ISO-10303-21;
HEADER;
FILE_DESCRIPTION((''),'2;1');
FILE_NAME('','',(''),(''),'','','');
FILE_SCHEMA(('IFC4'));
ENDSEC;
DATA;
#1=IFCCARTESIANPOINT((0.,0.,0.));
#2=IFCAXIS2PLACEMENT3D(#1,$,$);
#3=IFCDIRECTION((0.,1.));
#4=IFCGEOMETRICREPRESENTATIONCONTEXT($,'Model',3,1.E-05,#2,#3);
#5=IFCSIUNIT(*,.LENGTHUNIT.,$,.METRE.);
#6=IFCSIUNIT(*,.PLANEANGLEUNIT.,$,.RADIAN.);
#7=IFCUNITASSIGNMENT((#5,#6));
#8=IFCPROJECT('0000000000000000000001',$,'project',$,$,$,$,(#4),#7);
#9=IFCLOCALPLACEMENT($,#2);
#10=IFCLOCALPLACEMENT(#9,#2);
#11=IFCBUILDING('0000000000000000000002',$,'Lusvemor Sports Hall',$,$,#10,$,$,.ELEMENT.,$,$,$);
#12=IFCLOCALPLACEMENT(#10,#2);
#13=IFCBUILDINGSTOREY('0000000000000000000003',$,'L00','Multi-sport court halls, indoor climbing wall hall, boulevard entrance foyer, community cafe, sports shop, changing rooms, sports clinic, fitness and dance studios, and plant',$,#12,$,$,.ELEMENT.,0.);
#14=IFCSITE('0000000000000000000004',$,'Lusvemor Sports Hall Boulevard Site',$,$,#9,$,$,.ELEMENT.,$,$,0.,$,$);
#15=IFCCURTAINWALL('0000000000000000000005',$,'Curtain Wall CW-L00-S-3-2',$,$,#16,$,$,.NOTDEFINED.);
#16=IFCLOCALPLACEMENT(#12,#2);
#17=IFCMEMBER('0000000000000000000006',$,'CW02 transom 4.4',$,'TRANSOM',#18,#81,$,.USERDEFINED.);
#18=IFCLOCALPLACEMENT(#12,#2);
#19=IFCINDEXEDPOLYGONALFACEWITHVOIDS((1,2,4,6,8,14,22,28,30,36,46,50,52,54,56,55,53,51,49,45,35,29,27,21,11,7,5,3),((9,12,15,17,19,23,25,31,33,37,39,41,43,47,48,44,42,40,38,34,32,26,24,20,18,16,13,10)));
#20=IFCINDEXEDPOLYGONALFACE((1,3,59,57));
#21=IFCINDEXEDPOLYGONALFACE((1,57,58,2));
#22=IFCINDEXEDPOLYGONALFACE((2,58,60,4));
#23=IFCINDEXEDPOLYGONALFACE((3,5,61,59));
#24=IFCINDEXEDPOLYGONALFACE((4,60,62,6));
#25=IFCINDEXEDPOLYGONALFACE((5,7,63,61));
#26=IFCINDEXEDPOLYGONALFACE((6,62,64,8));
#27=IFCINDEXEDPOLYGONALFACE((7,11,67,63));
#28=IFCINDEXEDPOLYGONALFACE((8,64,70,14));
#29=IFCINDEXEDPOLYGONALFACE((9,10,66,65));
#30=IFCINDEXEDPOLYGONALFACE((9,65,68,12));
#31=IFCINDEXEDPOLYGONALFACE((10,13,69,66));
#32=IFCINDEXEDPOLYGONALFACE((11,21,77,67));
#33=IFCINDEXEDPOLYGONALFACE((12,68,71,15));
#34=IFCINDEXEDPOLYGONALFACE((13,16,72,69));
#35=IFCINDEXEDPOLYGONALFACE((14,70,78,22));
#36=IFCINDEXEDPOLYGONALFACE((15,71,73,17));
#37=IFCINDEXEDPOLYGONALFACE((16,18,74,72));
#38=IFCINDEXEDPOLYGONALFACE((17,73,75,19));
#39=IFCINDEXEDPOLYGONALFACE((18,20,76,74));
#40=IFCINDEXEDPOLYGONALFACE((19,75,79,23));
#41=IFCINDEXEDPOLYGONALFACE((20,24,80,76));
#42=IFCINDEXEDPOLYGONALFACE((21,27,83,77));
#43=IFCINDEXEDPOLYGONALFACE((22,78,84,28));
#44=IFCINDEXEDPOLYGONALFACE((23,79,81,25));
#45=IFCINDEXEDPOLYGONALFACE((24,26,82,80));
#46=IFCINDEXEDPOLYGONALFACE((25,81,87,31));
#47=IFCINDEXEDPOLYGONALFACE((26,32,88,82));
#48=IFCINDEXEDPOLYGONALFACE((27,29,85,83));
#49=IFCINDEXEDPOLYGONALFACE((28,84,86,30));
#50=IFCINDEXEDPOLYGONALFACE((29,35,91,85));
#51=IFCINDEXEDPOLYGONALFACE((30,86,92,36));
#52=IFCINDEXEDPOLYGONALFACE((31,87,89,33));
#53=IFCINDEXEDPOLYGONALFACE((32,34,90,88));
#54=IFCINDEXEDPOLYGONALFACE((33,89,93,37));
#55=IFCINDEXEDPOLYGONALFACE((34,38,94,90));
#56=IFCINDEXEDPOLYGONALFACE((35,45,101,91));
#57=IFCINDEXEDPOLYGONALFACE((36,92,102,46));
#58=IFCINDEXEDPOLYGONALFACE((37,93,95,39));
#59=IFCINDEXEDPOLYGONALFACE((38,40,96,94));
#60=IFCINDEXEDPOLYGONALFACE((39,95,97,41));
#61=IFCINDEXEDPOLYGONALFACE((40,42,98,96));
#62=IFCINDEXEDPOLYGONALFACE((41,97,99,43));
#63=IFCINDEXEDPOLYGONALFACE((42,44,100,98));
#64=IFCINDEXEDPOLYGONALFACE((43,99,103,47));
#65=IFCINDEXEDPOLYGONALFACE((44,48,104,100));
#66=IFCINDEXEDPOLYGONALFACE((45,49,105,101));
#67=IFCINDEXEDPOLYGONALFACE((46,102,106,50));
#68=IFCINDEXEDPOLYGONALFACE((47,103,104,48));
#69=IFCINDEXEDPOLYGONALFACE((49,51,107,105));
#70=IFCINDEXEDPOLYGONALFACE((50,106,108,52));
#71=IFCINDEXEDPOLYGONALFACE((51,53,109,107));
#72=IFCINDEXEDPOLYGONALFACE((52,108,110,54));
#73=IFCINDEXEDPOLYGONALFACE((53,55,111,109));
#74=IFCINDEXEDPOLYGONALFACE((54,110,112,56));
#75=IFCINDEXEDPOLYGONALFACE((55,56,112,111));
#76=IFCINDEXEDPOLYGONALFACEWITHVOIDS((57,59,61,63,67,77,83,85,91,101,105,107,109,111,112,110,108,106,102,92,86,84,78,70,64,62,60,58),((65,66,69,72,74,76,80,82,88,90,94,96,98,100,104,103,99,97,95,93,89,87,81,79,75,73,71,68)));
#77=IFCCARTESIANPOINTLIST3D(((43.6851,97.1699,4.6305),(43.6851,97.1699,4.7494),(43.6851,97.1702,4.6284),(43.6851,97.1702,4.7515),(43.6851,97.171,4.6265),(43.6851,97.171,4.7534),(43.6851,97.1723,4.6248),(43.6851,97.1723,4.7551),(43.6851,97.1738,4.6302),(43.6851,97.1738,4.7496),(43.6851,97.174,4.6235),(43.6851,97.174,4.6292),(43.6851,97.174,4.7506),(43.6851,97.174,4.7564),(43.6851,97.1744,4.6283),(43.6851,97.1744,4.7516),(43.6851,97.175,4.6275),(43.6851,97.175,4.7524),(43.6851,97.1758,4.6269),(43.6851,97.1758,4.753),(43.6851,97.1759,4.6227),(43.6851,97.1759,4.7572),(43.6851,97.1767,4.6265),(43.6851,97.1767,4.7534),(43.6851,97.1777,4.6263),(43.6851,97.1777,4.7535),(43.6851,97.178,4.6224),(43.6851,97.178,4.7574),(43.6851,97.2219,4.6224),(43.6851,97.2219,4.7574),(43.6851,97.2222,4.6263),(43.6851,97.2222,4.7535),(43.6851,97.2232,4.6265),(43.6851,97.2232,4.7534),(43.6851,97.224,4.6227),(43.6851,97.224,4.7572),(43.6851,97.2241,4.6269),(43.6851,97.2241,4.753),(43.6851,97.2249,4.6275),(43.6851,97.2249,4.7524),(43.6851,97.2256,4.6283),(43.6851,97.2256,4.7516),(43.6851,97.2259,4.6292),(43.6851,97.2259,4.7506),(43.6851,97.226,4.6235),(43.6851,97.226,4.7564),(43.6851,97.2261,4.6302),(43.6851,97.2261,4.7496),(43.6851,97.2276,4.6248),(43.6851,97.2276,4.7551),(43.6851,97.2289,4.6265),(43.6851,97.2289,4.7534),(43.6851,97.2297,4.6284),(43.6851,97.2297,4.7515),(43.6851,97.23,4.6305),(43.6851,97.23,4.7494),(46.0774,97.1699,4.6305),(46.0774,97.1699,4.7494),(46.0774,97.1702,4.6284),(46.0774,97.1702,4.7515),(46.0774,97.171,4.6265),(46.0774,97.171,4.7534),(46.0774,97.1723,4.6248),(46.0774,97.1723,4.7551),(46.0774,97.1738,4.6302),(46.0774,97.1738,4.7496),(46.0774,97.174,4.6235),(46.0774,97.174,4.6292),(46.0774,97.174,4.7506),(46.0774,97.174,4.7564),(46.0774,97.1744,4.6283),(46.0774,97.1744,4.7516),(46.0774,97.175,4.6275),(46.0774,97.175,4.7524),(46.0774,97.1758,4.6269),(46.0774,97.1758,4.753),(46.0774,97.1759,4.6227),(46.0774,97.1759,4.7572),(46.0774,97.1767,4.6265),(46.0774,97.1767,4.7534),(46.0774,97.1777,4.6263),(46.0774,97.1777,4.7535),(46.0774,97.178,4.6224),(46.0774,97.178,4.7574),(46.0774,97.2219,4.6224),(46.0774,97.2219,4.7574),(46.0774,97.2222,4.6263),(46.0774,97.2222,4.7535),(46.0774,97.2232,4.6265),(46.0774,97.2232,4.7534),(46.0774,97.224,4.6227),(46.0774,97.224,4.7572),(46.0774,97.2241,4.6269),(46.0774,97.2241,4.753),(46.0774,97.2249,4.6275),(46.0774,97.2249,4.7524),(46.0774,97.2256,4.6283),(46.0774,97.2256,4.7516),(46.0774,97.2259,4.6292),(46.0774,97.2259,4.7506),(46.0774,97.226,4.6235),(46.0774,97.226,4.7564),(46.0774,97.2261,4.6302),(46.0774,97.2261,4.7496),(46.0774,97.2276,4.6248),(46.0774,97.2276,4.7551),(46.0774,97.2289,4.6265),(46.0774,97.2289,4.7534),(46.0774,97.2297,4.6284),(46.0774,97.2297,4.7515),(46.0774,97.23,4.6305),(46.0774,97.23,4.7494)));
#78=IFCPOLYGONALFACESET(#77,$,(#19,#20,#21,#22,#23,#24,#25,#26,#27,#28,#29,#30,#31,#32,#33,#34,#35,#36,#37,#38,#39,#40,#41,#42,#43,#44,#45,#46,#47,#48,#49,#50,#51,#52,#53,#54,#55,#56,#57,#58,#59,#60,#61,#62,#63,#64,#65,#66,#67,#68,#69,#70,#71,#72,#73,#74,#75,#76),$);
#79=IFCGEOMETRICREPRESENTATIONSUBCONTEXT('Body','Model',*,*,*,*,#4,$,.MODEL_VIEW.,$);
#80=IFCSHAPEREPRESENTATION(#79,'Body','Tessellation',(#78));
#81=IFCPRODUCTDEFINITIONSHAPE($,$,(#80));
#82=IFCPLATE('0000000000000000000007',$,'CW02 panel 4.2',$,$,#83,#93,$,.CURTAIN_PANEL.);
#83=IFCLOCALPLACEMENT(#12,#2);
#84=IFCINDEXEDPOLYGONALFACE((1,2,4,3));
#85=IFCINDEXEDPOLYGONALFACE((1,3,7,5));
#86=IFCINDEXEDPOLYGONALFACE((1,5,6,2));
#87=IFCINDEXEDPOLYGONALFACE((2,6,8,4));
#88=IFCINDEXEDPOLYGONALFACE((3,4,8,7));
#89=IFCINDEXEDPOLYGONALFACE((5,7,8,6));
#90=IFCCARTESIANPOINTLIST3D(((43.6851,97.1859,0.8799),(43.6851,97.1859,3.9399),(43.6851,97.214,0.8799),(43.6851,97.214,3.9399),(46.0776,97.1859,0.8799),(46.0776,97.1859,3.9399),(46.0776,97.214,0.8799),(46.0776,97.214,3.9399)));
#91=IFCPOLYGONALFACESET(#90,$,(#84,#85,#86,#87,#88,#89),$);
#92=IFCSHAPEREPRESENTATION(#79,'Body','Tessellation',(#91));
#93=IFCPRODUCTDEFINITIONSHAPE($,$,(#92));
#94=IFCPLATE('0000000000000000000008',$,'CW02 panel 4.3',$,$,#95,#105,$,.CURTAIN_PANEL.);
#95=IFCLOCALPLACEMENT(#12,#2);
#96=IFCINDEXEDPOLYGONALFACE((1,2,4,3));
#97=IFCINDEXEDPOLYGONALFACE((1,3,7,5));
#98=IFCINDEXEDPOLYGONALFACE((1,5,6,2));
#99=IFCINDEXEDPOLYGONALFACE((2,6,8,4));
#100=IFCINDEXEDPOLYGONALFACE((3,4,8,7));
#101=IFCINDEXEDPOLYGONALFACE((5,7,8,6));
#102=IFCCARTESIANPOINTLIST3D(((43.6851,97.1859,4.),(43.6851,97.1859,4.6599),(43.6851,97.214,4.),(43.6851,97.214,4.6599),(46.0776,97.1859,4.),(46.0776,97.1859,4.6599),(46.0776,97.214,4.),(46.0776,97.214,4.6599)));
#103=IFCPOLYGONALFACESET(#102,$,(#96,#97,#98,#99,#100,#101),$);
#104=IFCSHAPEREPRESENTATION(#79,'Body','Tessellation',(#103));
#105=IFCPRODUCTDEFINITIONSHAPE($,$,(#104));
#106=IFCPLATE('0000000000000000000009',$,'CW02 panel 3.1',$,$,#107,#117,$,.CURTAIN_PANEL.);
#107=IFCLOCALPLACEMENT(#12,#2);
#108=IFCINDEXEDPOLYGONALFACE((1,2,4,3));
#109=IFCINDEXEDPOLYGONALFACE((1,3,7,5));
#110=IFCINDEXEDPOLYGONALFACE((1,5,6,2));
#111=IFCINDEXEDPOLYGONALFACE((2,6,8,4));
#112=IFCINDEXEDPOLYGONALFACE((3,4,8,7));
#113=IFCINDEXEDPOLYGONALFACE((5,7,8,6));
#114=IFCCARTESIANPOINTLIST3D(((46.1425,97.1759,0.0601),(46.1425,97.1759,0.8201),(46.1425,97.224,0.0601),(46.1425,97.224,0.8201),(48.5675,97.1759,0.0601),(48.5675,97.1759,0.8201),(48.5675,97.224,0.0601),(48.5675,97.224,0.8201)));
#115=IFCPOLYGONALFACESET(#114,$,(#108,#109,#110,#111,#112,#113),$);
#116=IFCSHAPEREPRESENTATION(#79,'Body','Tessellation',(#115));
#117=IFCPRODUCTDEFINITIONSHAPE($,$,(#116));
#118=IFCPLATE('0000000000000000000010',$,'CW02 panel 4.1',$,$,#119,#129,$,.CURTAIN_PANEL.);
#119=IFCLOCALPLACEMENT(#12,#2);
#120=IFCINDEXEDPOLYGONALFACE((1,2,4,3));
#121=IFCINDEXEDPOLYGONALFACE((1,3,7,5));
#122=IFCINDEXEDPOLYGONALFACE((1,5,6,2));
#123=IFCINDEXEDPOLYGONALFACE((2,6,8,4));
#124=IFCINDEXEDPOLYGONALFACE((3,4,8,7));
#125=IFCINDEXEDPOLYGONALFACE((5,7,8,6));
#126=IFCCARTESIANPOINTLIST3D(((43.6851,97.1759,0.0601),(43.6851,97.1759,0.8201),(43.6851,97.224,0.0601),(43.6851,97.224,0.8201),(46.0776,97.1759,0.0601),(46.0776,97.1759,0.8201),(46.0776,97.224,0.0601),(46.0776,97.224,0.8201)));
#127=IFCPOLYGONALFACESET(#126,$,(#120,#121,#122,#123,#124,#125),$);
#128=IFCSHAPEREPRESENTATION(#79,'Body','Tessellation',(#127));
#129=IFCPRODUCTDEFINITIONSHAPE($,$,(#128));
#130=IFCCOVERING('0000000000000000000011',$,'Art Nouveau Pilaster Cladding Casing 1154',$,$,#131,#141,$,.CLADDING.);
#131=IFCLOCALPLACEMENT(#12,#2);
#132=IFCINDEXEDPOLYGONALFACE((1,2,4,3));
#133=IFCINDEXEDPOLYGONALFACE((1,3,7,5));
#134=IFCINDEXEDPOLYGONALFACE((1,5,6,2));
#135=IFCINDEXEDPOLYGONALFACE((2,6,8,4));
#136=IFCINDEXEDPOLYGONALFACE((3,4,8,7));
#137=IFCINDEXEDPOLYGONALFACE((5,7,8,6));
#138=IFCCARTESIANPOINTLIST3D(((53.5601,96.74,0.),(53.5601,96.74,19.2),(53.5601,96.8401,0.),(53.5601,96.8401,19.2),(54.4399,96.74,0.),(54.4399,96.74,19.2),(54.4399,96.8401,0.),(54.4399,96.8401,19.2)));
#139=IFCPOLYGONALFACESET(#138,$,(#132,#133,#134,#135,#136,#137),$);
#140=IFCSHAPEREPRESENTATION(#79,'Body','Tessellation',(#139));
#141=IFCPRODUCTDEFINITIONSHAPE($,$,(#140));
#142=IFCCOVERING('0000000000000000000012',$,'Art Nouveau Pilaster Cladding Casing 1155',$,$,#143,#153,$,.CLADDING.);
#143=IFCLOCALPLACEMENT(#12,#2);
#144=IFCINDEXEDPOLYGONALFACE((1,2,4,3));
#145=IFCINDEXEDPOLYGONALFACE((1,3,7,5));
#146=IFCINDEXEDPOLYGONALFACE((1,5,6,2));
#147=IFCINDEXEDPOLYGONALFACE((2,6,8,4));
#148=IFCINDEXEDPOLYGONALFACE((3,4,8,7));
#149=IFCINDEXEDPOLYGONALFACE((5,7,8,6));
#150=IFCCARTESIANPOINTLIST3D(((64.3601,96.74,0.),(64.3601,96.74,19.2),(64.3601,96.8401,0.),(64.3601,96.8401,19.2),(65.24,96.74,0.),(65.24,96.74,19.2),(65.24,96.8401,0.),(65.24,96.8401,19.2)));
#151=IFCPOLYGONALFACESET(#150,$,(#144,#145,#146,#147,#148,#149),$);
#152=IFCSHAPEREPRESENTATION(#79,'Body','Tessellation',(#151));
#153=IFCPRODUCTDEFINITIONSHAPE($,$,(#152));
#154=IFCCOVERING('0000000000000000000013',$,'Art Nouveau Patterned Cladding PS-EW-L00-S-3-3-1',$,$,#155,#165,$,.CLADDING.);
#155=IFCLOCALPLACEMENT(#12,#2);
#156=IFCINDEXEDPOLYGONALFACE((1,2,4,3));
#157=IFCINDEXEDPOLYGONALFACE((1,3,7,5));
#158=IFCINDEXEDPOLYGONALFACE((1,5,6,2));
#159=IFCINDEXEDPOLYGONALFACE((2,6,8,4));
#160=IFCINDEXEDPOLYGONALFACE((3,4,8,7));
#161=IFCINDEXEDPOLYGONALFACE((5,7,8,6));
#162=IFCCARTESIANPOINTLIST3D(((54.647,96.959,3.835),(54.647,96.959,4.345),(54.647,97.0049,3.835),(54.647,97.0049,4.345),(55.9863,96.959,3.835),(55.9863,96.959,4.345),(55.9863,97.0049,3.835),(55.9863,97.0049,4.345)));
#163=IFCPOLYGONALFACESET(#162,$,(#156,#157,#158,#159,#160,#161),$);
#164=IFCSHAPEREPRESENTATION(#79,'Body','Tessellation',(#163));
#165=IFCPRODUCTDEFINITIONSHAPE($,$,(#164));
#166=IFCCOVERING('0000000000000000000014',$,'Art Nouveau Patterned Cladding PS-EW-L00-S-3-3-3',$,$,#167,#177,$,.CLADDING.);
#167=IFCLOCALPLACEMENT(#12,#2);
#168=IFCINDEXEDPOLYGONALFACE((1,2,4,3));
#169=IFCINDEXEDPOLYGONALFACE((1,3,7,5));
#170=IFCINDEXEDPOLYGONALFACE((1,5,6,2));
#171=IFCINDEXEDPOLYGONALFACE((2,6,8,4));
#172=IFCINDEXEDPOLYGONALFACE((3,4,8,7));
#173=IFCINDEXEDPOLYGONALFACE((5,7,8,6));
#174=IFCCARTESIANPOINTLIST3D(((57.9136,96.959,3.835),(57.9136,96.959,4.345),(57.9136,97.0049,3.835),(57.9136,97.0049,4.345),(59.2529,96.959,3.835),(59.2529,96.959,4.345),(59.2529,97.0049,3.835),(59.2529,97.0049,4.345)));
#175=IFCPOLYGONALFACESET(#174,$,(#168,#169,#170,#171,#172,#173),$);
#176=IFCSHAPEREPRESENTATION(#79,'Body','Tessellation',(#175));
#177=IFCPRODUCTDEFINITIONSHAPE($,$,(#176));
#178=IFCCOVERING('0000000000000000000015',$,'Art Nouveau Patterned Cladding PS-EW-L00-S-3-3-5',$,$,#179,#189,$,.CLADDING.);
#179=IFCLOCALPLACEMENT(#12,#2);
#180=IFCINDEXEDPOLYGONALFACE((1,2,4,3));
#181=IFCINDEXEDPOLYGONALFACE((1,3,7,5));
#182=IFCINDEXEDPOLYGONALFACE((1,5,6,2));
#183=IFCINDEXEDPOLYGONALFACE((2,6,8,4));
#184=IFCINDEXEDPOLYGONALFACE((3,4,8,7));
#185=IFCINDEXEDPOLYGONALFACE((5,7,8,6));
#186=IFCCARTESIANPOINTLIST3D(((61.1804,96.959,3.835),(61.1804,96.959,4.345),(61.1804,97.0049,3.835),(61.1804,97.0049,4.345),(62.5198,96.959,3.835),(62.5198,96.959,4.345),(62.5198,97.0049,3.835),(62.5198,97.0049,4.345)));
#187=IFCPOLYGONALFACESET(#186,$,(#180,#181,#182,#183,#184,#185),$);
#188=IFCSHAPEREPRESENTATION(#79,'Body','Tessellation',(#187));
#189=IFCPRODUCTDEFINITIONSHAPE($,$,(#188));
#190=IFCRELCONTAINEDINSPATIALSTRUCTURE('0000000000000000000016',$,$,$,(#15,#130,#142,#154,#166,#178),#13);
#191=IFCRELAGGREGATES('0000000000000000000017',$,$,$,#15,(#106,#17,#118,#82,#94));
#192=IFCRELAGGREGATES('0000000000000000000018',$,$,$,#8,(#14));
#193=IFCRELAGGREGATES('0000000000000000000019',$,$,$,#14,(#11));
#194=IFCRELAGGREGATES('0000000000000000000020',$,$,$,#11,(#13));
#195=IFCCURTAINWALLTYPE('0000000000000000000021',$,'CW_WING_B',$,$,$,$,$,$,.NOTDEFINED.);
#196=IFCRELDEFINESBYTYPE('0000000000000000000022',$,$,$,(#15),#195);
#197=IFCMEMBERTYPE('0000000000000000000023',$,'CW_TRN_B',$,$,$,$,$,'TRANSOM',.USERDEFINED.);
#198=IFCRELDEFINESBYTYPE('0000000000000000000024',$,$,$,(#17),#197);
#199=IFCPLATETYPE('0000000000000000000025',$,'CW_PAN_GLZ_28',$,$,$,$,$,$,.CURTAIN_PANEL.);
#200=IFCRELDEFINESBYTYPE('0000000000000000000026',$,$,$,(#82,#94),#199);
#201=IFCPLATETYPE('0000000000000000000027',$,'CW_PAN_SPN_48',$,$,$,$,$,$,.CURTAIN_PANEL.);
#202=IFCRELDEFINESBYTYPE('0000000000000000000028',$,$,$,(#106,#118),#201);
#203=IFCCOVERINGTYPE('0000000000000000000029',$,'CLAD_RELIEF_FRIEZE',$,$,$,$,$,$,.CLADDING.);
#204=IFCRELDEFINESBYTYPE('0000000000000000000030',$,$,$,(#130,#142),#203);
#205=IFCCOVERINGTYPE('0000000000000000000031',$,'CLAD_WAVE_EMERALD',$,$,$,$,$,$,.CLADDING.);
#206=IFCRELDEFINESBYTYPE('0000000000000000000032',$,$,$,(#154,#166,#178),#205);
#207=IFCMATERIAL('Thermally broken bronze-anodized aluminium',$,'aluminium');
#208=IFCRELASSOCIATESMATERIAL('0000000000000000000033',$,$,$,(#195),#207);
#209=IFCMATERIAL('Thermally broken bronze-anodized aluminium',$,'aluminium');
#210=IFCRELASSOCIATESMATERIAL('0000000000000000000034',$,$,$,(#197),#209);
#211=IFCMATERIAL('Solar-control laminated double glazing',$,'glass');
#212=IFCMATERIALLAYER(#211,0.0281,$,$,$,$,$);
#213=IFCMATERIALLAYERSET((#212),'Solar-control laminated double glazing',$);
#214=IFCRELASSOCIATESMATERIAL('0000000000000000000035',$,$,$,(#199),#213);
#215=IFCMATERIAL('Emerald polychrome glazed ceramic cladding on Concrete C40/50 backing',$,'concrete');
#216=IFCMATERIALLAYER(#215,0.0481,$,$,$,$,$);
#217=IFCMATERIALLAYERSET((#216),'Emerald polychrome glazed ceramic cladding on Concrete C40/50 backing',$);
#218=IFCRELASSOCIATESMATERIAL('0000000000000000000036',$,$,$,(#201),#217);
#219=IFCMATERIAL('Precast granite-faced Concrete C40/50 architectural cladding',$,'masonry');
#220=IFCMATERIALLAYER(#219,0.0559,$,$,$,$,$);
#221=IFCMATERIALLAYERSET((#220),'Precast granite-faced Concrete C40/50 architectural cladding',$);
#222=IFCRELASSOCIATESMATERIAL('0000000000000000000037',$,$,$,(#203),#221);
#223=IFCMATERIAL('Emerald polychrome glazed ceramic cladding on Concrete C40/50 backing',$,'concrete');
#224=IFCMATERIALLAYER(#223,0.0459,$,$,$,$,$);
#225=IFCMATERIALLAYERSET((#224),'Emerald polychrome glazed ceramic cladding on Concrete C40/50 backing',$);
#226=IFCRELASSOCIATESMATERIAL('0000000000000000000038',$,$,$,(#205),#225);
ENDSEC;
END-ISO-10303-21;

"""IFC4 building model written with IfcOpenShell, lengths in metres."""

from ifc_helpers import new_model, si_unit, direction, frame, origin, origin_2d, place, context, subcontext, project, spatial, rectangle, hollow_rectangle, extrude, material, layer, layer_set, material_profile, profile_set, type_object, element, aggregate, save


model = new_model("IFC4")

# Units and contexts
model_context = context("Model", 3, precision=1e-05, world=origin(), true_north=direction((0.0, 1.0)))
body_context = subcontext(model_context, "Body", "Model", "MODEL_VIEW")
ifc_project = project(units=[si_unit("LENGTHUNIT", "METRE"), si_unit("PLANEANGLEUNIT", "RADIAN")], contexts=[model_context])

# Site, building, storey
site_placement = place(None, origin())
site = spatial("IfcSite", under=ifc_project, at=site_placement, Name="Lusvemor Sports Hall Boulevard Site", CompositionType="ELEMENT", RefElevation=0.0)
building_placement = place(site_placement, origin())
building = spatial("IfcBuilding", under=site, at=building_placement, Name="Lusvemor Sports Hall", CompositionType="ELEMENT")
storey_placement = place(building_placement, origin())
storey = spatial("IfcBuildingStorey", under=building, at=storey_placement, Name="L00", Description="Multi-sport court halls, indoor climbing wall hall, boulevard entrance foyer, community cafe, sports shop, changing rooms, sports clinic, fitness and dance studios, and plant", CompositionType="ELEMENT", Elevation=0.0)

# Curtain wall, member, plates
ifc_material_1 = material(Name="Thermally broken bronze-anodized aluminium", Category="aluminium")
curtain_wall_type = type_object("IfcCurtainWallType", Name="CW_WING_B", PredefinedType="NOTDEFINED", material=ifc_material_1)
curtain_wall_placement = place(storey_placement, origin())
curtain_wall = element("IfcCurtainWall", 1, at=curtain_wall_placement, inside=storey, type_object=curtain_wall_type, Name="Curtain Wall CW-L00-S-3-2", PredefinedType="NOTDEFINED")
ifc_material_2 = material(Name="Thermally broken bronze-anodized aluminium", Category="aluminium")
ifc_material_profile_1 = material_profile(ifc_material_2, hollow_rectangle(XDim=0.0601, YDim=0.135, WallThickness=0.0039, InnerFilletRadius=0.0039, OuterFilletRadius=0.0081, at=origin_2d()), Name="CWTRN135x60x4")
ifc_profile_set_1 = profile_set([ifc_material_profile_1], Name="Thermally broken bronze-anodized aluminium")
member_type_1 = type_object("IfcMemberType", Name="CW_TRN_B", ElementType="TRANSOM", PredefinedType="USERDEFINED", material=ifc_profile_set_1)
member_1_placement = place(storey_placement, frame((46.0774, 97.2, 4.6899), z_axis=(-1.0, 0.0, 0.0), x_axis=(0.0, -1.0, 0.0)))
member_1 = element("IfcMember", 2, at=member_1_placement, type_object=member_type_1, Name="CW02 transom 4.4", ObjectType="TRANSOM", PredefinedType="USERDEFINED", context=body_context, shape_type="SweptSolid", body=[
    extrude(hollow_rectangle(XDim=0.0601, YDim=0.135, WallThickness=0.0039, InnerFilletRadius=0.0039, OuterFilletRadius=0.0081, at=origin_2d()), origin(), (0.0, 0.0, 1.0), 2.3923),
])
ifc_material_3 = material(Name="Solar-control laminated double glazing", Category="glass")
ifc_layer_1 = layer(ifc_material_3, 0.0281)
ifc_layer_set_1 = layer_set([ifc_layer_1], Name="Solar-control laminated double glazing")
plate_type_1 = type_object("IfcPlateType", Name="CW_PAN_GLZ_28", PredefinedType="CURTAIN_PANEL", material=ifc_layer_set_1)
plate_1_placement = place(storey_placement, frame((44.8813, 97.2, 0.8799), z_axis=(0.0, 0.0, 1.0), x_axis=(-1.0, 0.0, 0.0)))
plate_1 = element("IfcPlate", 3, at=plate_1_placement, type_object=plate_type_1, Name="CW02 panel 4.2", PredefinedType="CURTAIN_PANEL", context=body_context, shape_type="SweptSolid", body=[
    extrude(rectangle(XDim=2.3926, YDim=0.0281, at=origin_2d()), origin(), (0.0, 0.0, 1.0), 3.0601),
])
plate_2_placement = place(storey_placement, frame((44.8813, 97.2, 4.0), z_axis=(0.0, 0.0, 1.0), x_axis=(-1.0, 0.0, 0.0)))
plate_2 = element("IfcPlate", 4, at=plate_2_placement, type_object=plate_type_1, Name="CW02 panel 4.3", PredefinedType="CURTAIN_PANEL", context=body_context, shape_type="SweptSolid", body=[
    extrude(rectangle(XDim=2.3926, YDim=0.0281, at=origin_2d()), origin(), (0.0, 0.0, 1.0), 0.6599),
])
ifc_material_4 = material(Name="Emerald polychrome glazed ceramic cladding on Concrete C40/50 backing", Category="concrete")
ifc_layer_2 = layer(ifc_material_4, 0.0481)
ifc_layer_set_2 = layer_set([ifc_layer_2], Name="Emerald polychrome glazed ceramic cladding on Concrete C40/50 backing")
plate_type_2 = type_object("IfcPlateType", Name="CW_PAN_SPN_48", PredefinedType="CURTAIN_PANEL", material=ifc_layer_set_2)
plate_3_placement = place(storey_placement, frame((47.355, 97.2, 0.0601), z_axis=(0.0, 0.0, 1.0), x_axis=(-1.0, 0.0, 0.0)))
plate_3 = element("IfcPlate", 5, at=plate_3_placement, type_object=plate_type_2, Name="CW02 panel 3.1", PredefinedType="CURTAIN_PANEL", context=body_context, shape_type="SweptSolid", body=[
    extrude(rectangle(XDim=2.425, YDim=0.0481, at=origin_2d()), origin(), (0.0, 0.0, 1.0), 0.76),
])
plate_4_placement = place(storey_placement, frame((44.8813, 97.2, 0.0601), z_axis=(0.0, 0.0, 1.0), x_axis=(-1.0, 0.0, 0.0)))
plate_4 = element("IfcPlate", 6, at=plate_4_placement, type_object=plate_type_2, Name="CW02 panel 4.1", PredefinedType="CURTAIN_PANEL", context=body_context, shape_type="SweptSolid", body=[
    extrude(rectangle(XDim=2.3926, YDim=0.0481, at=origin_2d()), origin(), (0.0, 0.0, 1.0), 0.76),
])
aggregate(curtain_wall, [plate_3, member_1, plate_4, plate_1, plate_2])

# Coverings
ifc_material_5 = material(Name="Precast granite-faced Concrete C40/50 architectural cladding", Category="masonry")
ifc_layer_3 = layer(ifc_material_5, 0.0559)
ifc_layer_set_3 = layer_set([ifc_layer_3], Name="Precast granite-faced Concrete C40/50 architectural cladding")
covering_type_1 = type_object("IfcCoveringType", Name="CLAD_RELIEF_FRIEZE", PredefinedType="CLADDING", material=ifc_layer_set_3)
for number, where, z_axis, x_axis, name in (
    (7, (54.0, 96.79, 0.0), (0.0, 0.0, 1.0), (1.0, 0.0, 0.0), "Art Nouveau Pilaster Cladding Casing 1154"),
    (8, (64.8, 96.79, 0.0), (0.0, 0.0, 1.0), (1.0, 0.0, 0.0), "Art Nouveau Pilaster Cladding Casing 1155"),
):
    element("IfcCovering", number, at=place(storey_placement, frame(where, z_axis=z_axis, x_axis=x_axis)), inside=storey, type_object=covering_type_1, Name=name, PredefinedType="CLADDING", context=body_context, shape_type="SweptSolid", body=[
        extrude(rectangle(XDim=0.8799, YDim=0.1001, at=origin_2d()), origin(), (0.0, 0.0, 1.0), 19.2),
    ])
ifc_material_6 = material(Name="Emerald polychrome glazed ceramic cladding on Concrete C40/50 backing", Category="concrete")
ifc_layer_4 = layer(ifc_material_6, 0.0459)
ifc_layer_set_4 = layer_set([ifc_layer_4], Name="Emerald polychrome glazed ceramic cladding on Concrete C40/50 backing")
covering_type_2 = type_object("IfcCoveringType", Name="CLAD_WAVE_EMERALD", PredefinedType="CLADDING", material=ifc_layer_set_4)
for number, where, z_axis, x_axis, name in (
    (9, (55.3167, 96.9819, 3.835), (0.0, 0.0, 1.0), (1.0, 0.0, 0.0), "Art Nouveau Patterned Cladding PS-EW-L00-S-3-3-1"),
    (10, (58.5833, 96.9819, 3.835), (0.0, 0.0, 1.0), (1.0, 0.0, 0.0), "Art Nouveau Patterned Cladding PS-EW-L00-S-3-3-3"),
    (11, (61.8501, 96.9819, 3.835), (0.0, 0.0, 1.0), (1.0, 0.0, 0.0), "Art Nouveau Patterned Cladding PS-EW-L00-S-3-3-5"),
):
    element("IfcCovering", number, at=place(storey_placement, frame(where, z_axis=z_axis, x_axis=x_axis)), inside=storey, type_object=covering_type_2, Name=name, PredefinedType="CLADDING", context=body_context, shape_type="SweptSolid", body=[
        extrude(rectangle(XDim=1.3394, YDim=0.0459, at=origin_2d()), origin(), (0.0, 0.0, 1.0), 0.51),
    ])

save(model, "model.ifc")
